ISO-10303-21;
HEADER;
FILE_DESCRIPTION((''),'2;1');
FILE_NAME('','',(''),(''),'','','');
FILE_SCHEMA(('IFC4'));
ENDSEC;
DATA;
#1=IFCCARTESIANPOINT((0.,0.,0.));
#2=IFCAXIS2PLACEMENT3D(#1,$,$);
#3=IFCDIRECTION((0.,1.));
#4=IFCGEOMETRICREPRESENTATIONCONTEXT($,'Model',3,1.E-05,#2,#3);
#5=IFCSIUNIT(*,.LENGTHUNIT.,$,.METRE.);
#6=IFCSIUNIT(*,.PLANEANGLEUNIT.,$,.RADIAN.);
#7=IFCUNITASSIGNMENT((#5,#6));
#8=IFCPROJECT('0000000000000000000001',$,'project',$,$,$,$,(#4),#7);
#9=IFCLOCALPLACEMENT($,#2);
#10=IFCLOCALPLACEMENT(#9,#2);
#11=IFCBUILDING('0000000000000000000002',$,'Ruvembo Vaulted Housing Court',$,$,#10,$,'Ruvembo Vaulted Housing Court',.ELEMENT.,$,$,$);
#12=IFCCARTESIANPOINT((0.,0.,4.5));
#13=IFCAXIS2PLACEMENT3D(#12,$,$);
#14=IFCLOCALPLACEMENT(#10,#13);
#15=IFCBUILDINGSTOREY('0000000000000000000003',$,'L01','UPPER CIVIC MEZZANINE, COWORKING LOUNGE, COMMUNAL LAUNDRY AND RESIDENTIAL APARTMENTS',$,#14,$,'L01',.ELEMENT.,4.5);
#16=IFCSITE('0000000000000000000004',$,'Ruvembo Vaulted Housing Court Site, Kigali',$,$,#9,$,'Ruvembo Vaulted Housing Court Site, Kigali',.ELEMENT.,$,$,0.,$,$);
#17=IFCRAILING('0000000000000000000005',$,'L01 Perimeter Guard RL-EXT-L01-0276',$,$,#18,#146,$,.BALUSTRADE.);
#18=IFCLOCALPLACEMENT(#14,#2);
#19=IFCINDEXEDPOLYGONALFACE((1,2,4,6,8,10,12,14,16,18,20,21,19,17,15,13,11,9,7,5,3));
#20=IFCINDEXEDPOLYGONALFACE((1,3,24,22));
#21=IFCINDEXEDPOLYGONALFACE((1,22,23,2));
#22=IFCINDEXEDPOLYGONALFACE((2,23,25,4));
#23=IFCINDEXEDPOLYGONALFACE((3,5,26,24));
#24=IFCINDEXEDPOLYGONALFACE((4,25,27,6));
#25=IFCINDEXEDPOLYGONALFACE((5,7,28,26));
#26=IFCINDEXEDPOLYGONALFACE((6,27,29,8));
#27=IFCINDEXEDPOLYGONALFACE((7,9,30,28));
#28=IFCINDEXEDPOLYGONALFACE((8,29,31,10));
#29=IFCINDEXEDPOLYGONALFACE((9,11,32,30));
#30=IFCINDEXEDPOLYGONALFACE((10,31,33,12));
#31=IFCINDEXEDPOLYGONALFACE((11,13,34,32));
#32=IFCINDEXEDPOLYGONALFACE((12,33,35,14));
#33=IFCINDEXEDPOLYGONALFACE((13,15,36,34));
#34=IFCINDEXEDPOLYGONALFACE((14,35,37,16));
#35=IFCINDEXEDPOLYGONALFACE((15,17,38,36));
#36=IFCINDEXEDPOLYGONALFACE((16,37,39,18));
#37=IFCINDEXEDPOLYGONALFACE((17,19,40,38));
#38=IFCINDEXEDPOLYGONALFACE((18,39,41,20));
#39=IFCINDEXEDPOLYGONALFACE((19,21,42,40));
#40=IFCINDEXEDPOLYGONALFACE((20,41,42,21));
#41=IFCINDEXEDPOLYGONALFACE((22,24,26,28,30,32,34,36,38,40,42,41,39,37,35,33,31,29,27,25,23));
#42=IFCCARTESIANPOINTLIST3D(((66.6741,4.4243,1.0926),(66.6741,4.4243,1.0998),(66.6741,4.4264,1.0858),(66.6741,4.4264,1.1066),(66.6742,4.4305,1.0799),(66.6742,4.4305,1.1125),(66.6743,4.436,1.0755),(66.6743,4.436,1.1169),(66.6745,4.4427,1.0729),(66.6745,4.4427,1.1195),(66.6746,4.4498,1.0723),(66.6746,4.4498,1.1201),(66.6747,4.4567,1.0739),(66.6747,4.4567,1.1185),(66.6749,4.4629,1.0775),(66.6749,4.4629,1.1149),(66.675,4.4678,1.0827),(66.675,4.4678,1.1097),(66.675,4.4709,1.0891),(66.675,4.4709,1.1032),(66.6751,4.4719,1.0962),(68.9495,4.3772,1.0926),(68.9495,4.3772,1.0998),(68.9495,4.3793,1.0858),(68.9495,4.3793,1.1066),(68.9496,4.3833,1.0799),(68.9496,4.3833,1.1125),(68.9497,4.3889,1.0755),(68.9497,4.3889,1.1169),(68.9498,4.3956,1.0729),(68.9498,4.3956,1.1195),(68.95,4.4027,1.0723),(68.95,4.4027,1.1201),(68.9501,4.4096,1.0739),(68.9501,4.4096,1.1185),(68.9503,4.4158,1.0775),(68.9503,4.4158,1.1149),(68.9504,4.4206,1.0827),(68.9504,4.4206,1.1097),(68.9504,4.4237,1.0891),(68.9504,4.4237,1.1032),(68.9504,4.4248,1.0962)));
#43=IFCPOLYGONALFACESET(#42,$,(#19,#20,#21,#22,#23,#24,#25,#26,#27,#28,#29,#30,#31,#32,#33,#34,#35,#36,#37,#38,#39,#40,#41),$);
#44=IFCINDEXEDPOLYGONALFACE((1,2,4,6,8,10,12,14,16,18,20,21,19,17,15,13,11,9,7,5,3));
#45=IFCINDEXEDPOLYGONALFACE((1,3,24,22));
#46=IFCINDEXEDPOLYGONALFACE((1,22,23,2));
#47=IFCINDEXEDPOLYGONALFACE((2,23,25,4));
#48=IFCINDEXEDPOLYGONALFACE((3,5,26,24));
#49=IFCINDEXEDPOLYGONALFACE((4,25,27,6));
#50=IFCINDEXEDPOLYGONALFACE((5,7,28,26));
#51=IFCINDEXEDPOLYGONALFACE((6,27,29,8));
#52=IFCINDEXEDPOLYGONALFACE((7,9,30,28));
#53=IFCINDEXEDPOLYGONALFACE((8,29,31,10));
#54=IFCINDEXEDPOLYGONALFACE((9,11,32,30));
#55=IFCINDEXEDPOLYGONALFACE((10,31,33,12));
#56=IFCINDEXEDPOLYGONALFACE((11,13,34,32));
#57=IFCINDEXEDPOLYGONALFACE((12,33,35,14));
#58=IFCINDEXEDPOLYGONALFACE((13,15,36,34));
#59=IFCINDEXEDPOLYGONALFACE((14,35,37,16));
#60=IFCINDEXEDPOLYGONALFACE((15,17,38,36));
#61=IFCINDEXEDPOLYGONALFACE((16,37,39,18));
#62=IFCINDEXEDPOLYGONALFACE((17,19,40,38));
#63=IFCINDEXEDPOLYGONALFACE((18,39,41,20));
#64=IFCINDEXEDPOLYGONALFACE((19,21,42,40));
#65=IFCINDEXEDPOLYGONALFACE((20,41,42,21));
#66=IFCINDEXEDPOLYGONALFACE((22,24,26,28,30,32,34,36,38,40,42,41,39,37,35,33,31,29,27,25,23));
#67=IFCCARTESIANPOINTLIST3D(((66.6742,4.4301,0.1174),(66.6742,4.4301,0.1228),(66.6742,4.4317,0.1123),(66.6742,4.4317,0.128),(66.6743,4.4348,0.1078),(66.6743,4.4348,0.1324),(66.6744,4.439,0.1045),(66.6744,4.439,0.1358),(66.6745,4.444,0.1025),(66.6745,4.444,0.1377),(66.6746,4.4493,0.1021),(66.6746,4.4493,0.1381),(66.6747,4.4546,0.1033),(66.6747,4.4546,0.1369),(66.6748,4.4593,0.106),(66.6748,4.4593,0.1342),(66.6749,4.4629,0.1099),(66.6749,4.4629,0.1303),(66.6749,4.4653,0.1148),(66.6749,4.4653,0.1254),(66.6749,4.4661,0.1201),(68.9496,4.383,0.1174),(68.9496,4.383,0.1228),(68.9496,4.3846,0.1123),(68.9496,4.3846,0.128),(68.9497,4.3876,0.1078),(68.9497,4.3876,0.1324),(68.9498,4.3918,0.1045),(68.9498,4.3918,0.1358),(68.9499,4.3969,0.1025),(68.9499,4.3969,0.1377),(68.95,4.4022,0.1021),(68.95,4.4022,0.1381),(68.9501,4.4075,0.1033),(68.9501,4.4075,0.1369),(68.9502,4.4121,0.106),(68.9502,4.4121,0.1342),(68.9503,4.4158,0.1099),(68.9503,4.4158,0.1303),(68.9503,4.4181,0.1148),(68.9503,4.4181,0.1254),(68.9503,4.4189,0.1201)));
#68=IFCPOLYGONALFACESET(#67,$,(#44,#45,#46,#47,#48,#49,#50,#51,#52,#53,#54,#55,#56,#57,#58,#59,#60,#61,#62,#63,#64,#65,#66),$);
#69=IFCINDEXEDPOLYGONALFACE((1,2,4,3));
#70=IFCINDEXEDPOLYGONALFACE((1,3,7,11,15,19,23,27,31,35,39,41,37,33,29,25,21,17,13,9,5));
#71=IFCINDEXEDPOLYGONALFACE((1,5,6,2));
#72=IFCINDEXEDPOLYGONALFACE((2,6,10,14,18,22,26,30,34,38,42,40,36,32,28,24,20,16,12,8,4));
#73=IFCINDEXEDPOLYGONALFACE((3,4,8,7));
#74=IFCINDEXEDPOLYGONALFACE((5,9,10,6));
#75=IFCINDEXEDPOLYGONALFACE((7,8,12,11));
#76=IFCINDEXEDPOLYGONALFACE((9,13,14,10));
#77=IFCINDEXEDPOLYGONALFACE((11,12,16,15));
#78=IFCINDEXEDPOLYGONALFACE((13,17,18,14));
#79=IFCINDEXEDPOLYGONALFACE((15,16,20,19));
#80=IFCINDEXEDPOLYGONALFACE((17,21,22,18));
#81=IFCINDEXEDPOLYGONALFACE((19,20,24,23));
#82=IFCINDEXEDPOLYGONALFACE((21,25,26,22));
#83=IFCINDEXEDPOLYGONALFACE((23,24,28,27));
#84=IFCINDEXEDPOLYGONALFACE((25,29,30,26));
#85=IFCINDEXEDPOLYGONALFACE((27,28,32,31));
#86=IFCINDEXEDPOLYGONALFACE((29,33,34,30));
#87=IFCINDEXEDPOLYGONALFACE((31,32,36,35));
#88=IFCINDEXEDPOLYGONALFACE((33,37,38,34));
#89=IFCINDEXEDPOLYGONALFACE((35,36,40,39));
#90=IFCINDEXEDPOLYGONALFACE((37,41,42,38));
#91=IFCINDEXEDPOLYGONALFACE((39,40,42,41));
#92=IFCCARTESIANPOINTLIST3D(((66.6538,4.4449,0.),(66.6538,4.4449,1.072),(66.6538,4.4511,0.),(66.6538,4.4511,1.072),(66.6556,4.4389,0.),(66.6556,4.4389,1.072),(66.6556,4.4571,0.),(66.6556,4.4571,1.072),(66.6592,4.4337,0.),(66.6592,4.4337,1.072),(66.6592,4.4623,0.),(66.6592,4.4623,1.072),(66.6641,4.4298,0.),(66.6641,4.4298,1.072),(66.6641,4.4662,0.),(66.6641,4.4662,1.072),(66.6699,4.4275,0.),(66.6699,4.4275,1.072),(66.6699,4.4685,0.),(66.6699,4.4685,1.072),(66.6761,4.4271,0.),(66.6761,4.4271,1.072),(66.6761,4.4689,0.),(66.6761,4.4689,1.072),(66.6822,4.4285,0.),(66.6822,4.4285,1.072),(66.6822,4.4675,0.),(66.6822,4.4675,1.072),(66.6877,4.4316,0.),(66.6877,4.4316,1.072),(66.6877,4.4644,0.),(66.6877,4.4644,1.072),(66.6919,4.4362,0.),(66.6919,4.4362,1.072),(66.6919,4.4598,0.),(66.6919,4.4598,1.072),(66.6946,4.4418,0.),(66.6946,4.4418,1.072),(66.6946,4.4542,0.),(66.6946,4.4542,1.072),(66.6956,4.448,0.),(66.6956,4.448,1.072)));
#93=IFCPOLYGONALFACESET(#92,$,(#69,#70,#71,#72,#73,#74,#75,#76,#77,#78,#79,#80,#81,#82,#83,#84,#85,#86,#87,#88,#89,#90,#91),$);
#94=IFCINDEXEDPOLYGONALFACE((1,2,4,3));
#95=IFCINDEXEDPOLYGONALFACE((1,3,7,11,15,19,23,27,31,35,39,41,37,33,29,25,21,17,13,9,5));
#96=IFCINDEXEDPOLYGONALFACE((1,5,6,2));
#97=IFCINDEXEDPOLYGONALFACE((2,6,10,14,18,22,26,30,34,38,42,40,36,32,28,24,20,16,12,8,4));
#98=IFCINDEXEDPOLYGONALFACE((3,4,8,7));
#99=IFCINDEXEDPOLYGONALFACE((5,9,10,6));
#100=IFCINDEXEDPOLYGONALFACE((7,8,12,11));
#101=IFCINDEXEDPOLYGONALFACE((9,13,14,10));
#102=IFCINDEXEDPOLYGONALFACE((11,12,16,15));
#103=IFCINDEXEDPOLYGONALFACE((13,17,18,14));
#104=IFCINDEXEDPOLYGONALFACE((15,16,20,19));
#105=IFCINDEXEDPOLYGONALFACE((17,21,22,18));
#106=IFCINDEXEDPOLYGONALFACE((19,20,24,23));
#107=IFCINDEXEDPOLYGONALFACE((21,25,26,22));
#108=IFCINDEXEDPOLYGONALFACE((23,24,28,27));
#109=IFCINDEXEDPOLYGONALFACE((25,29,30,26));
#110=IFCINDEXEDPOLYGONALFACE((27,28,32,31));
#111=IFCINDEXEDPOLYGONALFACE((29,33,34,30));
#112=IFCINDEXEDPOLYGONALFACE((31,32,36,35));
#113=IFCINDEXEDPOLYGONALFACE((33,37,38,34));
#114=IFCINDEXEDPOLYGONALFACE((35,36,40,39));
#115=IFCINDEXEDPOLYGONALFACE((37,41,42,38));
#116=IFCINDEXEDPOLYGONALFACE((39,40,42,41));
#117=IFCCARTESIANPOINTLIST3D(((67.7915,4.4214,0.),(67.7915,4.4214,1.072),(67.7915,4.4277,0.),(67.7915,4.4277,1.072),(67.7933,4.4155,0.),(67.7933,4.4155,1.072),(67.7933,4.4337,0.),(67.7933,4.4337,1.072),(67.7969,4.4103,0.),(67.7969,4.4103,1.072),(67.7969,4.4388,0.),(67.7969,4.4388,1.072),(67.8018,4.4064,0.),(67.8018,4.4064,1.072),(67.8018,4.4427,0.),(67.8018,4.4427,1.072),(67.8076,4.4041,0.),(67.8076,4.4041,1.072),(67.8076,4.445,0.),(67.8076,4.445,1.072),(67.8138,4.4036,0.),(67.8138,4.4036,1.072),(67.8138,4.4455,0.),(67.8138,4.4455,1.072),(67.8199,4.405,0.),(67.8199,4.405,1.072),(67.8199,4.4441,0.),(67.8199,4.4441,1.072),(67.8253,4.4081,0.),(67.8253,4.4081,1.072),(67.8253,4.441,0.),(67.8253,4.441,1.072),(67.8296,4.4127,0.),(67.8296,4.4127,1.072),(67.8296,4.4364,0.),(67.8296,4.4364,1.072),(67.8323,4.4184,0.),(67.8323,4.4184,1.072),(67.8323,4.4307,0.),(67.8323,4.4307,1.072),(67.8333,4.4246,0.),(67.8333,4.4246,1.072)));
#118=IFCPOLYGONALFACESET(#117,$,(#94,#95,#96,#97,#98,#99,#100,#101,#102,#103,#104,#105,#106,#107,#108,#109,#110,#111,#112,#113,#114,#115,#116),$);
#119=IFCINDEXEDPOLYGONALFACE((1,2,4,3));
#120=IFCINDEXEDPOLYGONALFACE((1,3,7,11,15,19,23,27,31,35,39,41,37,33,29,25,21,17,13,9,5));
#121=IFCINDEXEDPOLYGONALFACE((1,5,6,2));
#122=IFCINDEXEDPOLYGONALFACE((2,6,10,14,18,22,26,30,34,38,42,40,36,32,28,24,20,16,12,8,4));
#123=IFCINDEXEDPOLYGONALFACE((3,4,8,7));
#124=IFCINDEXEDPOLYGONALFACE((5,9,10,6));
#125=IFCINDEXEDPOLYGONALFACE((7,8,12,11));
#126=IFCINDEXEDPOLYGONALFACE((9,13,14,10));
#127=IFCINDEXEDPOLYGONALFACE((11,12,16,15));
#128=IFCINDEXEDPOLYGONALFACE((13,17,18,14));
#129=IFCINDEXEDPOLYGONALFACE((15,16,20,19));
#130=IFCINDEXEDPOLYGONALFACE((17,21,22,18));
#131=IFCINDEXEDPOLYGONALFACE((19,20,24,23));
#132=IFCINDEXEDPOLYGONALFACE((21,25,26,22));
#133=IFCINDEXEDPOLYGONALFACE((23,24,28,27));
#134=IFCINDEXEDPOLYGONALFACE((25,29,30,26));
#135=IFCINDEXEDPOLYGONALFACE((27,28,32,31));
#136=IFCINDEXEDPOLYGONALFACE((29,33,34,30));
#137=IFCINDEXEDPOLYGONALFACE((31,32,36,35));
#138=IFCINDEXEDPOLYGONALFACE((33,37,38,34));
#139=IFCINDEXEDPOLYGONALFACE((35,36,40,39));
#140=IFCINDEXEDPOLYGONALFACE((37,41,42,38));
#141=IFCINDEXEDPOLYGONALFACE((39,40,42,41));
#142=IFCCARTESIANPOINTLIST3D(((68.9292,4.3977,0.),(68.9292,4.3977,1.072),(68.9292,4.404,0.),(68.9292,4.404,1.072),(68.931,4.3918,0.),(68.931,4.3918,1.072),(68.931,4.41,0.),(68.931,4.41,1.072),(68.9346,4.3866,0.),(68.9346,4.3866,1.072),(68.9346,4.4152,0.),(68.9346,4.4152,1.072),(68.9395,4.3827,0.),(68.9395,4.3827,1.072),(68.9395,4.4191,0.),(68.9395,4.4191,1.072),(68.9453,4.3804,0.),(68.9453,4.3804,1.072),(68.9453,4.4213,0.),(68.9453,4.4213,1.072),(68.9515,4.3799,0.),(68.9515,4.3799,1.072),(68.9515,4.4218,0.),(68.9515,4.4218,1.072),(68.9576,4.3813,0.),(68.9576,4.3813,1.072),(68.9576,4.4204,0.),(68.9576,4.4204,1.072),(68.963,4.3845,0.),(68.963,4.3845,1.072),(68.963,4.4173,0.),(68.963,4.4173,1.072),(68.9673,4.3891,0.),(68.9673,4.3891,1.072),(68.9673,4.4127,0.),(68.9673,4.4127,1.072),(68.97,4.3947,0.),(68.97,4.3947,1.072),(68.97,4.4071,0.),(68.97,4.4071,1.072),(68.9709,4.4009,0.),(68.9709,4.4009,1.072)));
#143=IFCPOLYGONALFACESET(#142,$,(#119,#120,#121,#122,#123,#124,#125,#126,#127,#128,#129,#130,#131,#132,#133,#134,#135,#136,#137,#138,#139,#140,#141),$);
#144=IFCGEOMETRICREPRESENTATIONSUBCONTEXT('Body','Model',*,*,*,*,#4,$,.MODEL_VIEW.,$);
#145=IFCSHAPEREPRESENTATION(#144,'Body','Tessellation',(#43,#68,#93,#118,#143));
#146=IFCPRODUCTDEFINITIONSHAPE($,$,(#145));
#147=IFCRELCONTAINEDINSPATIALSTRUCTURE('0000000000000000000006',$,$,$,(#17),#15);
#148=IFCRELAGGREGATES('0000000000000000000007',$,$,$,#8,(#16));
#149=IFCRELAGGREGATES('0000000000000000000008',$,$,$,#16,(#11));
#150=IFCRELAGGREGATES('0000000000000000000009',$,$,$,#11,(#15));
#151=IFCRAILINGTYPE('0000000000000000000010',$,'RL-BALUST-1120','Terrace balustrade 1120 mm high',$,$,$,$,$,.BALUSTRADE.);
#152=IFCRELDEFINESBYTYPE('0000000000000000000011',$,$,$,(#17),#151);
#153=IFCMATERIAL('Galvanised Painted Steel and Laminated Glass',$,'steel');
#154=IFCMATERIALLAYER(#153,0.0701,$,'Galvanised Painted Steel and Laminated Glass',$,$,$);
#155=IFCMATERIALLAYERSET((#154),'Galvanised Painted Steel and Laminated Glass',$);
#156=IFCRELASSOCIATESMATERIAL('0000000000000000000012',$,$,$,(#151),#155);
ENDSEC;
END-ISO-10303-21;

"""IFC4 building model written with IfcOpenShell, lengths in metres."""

from ifc_helpers import new_model, si_unit, direction, frame, origin, origin_2d, place, context, subcontext, project, spatial, circle, extrude, material, layer, layer_set, type_object, element, save


model = new_model("IFC4")

# Units and contexts
model_context = context("Model", 3, precision=1e-05, world=origin(), true_north=direction((0.0, 1.0)))
body_context = subcontext(model_context, "Body", "Model", "MODEL_VIEW")
ifc_project = project(units=[si_unit("LENGTHUNIT", "METRE"), si_unit("PLANEANGLEUNIT", "RADIAN")], contexts=[model_context])

# Site, building, storey
site_placement = place(None, origin())
site = spatial("IfcSite", under=ifc_project, at=site_placement, Name="Ruvembo Vaulted Housing Court Site, Kigali", LongName="Ruvembo Vaulted Housing Court Site, Kigali", CompositionType="ELEMENT", RefElevation=0.0)
building_placement = place(site_placement, origin())
building = spatial("IfcBuilding", under=site, at=building_placement, Name="Ruvembo Vaulted Housing Court", LongName="Ruvembo Vaulted Housing Court", CompositionType="ELEMENT")
storey_placement = place(building_placement, frame((0.0, 0.0, 4.5)))
storey = spatial("IfcBuildingStorey", under=building, at=storey_placement, Name="L01", Description="UPPER CIVIC MEZZANINE, COWORKING LOUNGE, COMMUNAL LAUNDRY AND RESIDENTIAL APARTMENTS", LongName="L01", CompositionType="ELEMENT", Elevation=4.5)

# Railing
ifc_material_1 = material(Name="Galvanised Painted Steel and Laminated Glass", Category="steel")
ifc_layer_1 = layer(ifc_material_1, 0.0701, Name="Galvanised Painted Steel and Laminated Glass")
ifc_layer_set_1 = layer_set([ifc_layer_1], Name="Galvanised Painted Steel and Laminated Glass")
railing_type = type_object("IfcRailingType", Name="RL-BALUST-1120", Description="Terrace balustrade 1120 mm high", PredefinedType="BALUSTRADE", material=ifc_layer_set_1)
railing_1_placement = place(storey_placement, frame((66.6746, 4.448, 0.0)))
element("IfcRailing", 1, at=railing_1_placement, inside=storey, type_object=railing_type, Name="L01 Perimeter Guard RL-EXT-L01-0276", PredefinedType="BALUSTRADE", context=body_context, shape_type="SweptSolid", body=[
    extrude(circle(Radius=0.0239, at=origin_2d()), frame((0.0, 0.0, 1.0962), z_axis=(0.999786, -0.020704, 0.0), x_axis=(0.020704, 0.999786, 0.0)), (0.0, 0.0, 1.0), 2.2759),
    extrude(circle(Radius=0.0181, at=origin_2d()), frame((0.0, 0.0, 0.1201), z_axis=(0.999786, -0.020704, 0.0), x_axis=(0.020704, 0.999786, 0.0)), (0.0, 0.0, 1.0), 2.2759),
    extrude(circle(Radius=0.021, at=origin_2d()), origin(), (0.0, 0.0, 1.0), 1.072),
    extrude(circle(Radius=0.021, at=origin_2d()), frame((1.1377, -0.0234, 0.0)), (0.0, 0.0, 1.0), 1.072),
    extrude(circle(Radius=0.021, at=origin_2d()), frame((2.2754, -0.0471, 0.0)), (0.0, 0.0, 1.0), 1.072),
])

save(model, "model.ifc")
